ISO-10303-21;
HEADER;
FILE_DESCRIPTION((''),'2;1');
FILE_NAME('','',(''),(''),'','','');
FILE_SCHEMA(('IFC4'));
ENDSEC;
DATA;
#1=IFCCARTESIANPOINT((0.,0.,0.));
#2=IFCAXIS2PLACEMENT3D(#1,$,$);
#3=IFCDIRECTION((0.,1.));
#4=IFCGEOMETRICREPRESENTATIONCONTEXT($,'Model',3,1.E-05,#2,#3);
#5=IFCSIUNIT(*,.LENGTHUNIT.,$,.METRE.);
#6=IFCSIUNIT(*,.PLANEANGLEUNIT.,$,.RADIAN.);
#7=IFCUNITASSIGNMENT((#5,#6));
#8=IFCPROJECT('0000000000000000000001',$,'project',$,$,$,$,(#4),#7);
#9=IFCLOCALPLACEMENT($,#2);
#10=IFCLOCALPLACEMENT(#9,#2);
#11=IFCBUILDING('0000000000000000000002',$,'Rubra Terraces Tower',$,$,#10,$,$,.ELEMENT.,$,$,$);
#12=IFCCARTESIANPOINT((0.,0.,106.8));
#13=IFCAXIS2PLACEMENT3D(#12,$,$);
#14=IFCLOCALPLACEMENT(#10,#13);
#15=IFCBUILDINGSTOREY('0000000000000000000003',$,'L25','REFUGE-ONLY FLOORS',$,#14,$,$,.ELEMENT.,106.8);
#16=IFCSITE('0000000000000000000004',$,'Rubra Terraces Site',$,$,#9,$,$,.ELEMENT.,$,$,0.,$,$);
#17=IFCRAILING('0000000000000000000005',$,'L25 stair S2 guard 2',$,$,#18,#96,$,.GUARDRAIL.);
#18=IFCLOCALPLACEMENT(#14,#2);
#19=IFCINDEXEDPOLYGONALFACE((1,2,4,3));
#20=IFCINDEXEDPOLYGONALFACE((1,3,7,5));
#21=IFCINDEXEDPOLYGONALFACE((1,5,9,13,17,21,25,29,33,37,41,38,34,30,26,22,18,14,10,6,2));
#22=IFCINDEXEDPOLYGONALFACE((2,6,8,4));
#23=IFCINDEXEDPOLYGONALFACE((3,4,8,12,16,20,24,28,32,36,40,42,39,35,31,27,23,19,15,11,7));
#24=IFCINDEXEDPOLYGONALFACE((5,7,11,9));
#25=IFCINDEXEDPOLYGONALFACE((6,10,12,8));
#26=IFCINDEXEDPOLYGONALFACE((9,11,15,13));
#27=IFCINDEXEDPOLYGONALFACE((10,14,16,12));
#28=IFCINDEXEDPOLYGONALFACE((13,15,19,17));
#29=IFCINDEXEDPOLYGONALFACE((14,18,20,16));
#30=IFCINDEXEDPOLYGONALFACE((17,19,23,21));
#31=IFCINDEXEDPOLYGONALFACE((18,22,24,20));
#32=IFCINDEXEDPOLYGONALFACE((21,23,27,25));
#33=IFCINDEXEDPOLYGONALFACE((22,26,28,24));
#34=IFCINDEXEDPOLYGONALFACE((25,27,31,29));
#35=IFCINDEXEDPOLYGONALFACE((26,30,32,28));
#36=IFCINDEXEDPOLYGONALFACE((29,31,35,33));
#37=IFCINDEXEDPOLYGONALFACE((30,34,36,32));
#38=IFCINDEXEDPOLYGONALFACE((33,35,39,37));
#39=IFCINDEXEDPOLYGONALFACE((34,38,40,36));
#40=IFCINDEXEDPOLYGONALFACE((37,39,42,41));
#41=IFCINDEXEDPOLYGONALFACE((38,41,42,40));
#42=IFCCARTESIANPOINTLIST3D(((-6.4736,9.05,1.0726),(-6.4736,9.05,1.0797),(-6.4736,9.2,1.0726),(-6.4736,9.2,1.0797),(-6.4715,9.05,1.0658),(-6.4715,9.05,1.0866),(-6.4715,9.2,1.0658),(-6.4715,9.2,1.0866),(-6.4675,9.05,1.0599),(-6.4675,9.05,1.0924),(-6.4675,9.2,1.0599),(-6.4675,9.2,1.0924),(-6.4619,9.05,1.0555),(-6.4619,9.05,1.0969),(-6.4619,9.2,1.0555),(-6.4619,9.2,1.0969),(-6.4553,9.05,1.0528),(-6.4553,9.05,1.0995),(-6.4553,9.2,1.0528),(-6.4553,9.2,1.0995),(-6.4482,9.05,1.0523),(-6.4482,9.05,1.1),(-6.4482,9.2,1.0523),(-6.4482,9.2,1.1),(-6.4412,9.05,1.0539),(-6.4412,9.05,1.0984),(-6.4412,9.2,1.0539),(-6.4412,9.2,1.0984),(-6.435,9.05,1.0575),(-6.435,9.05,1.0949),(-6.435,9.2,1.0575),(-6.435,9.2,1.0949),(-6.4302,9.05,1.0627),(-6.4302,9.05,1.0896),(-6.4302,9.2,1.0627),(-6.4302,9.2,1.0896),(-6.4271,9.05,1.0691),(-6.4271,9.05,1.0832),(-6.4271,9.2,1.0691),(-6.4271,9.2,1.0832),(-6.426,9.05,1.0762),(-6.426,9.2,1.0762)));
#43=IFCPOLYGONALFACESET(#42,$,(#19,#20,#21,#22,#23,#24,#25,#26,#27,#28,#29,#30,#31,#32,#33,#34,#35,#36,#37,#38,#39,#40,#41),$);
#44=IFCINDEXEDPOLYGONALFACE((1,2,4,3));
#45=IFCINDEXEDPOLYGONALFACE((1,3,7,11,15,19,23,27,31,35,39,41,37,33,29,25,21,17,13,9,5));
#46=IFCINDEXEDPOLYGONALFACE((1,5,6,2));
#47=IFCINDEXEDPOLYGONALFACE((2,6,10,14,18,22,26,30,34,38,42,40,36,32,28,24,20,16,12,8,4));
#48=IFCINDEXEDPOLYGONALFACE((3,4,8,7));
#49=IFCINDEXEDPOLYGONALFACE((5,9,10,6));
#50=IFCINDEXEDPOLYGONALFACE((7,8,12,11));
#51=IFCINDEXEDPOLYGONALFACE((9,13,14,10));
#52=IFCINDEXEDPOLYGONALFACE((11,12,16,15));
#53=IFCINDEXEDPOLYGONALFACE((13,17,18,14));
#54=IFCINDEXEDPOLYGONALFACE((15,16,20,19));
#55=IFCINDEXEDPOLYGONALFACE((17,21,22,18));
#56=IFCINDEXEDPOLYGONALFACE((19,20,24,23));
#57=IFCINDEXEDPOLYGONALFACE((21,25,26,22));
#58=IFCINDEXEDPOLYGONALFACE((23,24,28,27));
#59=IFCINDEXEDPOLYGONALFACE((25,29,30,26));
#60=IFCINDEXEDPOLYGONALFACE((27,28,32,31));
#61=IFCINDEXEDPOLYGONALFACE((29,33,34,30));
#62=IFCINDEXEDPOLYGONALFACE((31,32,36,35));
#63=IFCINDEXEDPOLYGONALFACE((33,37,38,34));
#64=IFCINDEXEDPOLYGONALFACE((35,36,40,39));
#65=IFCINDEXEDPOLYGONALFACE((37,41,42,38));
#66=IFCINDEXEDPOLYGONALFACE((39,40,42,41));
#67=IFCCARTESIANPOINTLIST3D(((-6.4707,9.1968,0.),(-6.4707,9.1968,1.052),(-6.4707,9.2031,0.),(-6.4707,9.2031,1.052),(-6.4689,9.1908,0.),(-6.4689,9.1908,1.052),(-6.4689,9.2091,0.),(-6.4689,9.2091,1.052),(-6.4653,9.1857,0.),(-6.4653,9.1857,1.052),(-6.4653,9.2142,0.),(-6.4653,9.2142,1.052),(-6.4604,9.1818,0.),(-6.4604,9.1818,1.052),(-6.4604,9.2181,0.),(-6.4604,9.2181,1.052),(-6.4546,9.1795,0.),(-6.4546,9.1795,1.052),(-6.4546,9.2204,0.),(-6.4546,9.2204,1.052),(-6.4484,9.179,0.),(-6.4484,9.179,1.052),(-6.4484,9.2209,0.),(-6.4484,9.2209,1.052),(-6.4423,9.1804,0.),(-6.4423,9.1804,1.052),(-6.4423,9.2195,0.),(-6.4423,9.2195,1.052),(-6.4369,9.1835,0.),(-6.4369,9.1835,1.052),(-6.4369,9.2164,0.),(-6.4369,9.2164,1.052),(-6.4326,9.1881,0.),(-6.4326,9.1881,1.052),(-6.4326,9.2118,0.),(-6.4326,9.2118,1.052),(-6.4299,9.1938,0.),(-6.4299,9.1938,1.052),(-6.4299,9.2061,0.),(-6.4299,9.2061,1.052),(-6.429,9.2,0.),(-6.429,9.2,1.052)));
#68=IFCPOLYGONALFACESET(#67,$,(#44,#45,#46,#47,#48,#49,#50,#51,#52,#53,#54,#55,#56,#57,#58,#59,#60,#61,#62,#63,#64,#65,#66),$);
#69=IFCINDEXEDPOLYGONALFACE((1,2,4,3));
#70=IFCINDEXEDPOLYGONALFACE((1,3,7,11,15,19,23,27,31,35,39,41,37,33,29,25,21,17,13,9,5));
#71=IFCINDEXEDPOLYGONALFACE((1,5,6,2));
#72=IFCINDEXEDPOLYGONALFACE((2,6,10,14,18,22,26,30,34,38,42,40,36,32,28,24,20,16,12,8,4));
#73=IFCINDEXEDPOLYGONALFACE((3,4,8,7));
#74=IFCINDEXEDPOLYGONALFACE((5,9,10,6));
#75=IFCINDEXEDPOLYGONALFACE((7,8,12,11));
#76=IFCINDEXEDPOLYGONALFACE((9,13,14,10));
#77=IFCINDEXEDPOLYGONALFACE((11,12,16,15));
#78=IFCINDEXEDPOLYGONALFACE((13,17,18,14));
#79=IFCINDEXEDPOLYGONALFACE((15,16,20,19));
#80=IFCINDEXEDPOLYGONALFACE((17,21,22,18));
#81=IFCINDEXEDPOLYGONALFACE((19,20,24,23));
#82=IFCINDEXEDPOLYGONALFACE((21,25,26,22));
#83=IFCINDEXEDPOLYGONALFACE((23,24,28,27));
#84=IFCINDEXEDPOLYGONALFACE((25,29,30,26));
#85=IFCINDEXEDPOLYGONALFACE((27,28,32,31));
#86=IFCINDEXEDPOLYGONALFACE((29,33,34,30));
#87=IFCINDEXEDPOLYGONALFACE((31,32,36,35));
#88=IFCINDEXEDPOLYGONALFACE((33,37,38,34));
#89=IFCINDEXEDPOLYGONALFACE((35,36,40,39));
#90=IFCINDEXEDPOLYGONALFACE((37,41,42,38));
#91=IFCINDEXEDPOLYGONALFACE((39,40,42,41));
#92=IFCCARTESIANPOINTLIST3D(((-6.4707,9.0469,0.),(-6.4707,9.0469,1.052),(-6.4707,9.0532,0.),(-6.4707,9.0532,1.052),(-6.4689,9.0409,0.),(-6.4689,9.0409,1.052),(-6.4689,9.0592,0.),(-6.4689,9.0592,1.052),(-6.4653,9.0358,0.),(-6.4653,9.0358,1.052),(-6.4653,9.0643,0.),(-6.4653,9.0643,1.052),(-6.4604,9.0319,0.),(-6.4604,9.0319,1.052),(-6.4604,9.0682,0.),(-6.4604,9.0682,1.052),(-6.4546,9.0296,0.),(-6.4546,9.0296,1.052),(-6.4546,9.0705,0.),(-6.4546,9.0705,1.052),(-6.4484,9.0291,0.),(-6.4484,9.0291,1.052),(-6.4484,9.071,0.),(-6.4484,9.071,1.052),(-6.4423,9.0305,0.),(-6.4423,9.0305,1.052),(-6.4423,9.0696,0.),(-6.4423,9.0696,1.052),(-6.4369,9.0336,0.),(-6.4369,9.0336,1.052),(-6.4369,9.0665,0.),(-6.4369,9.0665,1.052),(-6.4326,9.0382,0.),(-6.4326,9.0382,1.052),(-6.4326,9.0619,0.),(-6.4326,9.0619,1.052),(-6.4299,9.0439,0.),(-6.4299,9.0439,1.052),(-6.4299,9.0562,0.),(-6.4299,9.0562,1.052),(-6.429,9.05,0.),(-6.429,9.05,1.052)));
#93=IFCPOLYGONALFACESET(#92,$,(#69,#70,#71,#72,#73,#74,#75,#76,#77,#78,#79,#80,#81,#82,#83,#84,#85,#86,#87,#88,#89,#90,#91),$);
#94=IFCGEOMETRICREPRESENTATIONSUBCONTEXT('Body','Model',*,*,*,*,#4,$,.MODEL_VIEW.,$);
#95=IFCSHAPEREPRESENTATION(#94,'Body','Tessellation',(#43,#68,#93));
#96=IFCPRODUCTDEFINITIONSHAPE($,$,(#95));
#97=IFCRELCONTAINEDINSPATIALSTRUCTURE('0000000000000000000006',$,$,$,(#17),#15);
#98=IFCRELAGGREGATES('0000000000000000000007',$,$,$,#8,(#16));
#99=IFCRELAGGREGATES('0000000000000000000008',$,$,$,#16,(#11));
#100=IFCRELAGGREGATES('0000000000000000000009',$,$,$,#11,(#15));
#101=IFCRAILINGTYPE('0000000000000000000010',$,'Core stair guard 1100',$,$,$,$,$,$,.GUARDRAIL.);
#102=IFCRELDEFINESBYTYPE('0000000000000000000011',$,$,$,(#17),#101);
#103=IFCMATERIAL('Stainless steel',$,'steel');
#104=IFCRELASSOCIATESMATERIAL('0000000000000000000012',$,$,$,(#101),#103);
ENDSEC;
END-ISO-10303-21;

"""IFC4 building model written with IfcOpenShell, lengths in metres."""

from ifc_helpers import new_model, si_unit, direction, frame, origin, origin_2d, place, context, subcontext, project, spatial, circle, extrude, material, type_object, element, save


model = new_model("IFC4")

# Units and contexts
model_context = context("Model", 3, precision=1e-05, world=origin(), true_north=direction((0.0, 1.0)))
body_context = subcontext(model_context, "Body", "Model", "MODEL_VIEW")
ifc_project = project(units=[si_unit("LENGTHUNIT", "METRE"), si_unit("PLANEANGLEUNIT", "RADIAN")], contexts=[model_context])

# Site, building, storey
site_placement = place(None, origin())
site = spatial("IfcSite", under=ifc_project, at=site_placement, Name="Rubra Terraces Site", CompositionType="ELEMENT", RefElevation=0.0)
building_placement = place(site_placement, origin())
building = spatial("IfcBuilding", under=site, at=building_placement, Name="Rubra Terraces Tower", CompositionType="ELEMENT")
storey_placement = place(building_placement, frame((0.0, 0.0, 106.8)))
storey = spatial("IfcBuildingStorey", under=building, at=storey_placement, Name="L25", Description="REFUGE-ONLY FLOORS", CompositionType="ELEMENT", Elevation=106.8)

# Shared definitions
ifc_material_1 = material(Name="Stainless steel", Category="steel")

# Railing
railing_type = type_object("IfcRailingType", Name="Core stair guard 1100", PredefinedType="GUARDRAIL", material=ifc_material_1)
railing_1_placement = place(storey_placement, frame((-6.45, 9.2, 0.0)))
element("IfcRailing", 1, at=railing_1_placement, inside=storey, type_object=railing_type, Name="L25 stair S2 guard 2", PredefinedType="GUARDRAIL", context=body_context, shape_type="SweptSolid", body=[
    extrude(circle(Radius=0.0239, at=origin_2d()), frame((0.0, 0.0, 1.0762), z_axis=(0.0, -1.0, 0.0), x_axis=(1.0, 0.0, 0.0)), (0.0, 0.0, 1.0), 0.1499),
    extrude(circle(Radius=0.021, at=origin_2d()), origin(), (0.0, 0.0, 1.0), 1.052),
    extrude(circle(Radius=0.021, at=origin_2d()), frame((0.0, -0.1499, 0.0)), (0.0, 0.0, 1.0), 1.052),
])

save(model, "model.ifc")
